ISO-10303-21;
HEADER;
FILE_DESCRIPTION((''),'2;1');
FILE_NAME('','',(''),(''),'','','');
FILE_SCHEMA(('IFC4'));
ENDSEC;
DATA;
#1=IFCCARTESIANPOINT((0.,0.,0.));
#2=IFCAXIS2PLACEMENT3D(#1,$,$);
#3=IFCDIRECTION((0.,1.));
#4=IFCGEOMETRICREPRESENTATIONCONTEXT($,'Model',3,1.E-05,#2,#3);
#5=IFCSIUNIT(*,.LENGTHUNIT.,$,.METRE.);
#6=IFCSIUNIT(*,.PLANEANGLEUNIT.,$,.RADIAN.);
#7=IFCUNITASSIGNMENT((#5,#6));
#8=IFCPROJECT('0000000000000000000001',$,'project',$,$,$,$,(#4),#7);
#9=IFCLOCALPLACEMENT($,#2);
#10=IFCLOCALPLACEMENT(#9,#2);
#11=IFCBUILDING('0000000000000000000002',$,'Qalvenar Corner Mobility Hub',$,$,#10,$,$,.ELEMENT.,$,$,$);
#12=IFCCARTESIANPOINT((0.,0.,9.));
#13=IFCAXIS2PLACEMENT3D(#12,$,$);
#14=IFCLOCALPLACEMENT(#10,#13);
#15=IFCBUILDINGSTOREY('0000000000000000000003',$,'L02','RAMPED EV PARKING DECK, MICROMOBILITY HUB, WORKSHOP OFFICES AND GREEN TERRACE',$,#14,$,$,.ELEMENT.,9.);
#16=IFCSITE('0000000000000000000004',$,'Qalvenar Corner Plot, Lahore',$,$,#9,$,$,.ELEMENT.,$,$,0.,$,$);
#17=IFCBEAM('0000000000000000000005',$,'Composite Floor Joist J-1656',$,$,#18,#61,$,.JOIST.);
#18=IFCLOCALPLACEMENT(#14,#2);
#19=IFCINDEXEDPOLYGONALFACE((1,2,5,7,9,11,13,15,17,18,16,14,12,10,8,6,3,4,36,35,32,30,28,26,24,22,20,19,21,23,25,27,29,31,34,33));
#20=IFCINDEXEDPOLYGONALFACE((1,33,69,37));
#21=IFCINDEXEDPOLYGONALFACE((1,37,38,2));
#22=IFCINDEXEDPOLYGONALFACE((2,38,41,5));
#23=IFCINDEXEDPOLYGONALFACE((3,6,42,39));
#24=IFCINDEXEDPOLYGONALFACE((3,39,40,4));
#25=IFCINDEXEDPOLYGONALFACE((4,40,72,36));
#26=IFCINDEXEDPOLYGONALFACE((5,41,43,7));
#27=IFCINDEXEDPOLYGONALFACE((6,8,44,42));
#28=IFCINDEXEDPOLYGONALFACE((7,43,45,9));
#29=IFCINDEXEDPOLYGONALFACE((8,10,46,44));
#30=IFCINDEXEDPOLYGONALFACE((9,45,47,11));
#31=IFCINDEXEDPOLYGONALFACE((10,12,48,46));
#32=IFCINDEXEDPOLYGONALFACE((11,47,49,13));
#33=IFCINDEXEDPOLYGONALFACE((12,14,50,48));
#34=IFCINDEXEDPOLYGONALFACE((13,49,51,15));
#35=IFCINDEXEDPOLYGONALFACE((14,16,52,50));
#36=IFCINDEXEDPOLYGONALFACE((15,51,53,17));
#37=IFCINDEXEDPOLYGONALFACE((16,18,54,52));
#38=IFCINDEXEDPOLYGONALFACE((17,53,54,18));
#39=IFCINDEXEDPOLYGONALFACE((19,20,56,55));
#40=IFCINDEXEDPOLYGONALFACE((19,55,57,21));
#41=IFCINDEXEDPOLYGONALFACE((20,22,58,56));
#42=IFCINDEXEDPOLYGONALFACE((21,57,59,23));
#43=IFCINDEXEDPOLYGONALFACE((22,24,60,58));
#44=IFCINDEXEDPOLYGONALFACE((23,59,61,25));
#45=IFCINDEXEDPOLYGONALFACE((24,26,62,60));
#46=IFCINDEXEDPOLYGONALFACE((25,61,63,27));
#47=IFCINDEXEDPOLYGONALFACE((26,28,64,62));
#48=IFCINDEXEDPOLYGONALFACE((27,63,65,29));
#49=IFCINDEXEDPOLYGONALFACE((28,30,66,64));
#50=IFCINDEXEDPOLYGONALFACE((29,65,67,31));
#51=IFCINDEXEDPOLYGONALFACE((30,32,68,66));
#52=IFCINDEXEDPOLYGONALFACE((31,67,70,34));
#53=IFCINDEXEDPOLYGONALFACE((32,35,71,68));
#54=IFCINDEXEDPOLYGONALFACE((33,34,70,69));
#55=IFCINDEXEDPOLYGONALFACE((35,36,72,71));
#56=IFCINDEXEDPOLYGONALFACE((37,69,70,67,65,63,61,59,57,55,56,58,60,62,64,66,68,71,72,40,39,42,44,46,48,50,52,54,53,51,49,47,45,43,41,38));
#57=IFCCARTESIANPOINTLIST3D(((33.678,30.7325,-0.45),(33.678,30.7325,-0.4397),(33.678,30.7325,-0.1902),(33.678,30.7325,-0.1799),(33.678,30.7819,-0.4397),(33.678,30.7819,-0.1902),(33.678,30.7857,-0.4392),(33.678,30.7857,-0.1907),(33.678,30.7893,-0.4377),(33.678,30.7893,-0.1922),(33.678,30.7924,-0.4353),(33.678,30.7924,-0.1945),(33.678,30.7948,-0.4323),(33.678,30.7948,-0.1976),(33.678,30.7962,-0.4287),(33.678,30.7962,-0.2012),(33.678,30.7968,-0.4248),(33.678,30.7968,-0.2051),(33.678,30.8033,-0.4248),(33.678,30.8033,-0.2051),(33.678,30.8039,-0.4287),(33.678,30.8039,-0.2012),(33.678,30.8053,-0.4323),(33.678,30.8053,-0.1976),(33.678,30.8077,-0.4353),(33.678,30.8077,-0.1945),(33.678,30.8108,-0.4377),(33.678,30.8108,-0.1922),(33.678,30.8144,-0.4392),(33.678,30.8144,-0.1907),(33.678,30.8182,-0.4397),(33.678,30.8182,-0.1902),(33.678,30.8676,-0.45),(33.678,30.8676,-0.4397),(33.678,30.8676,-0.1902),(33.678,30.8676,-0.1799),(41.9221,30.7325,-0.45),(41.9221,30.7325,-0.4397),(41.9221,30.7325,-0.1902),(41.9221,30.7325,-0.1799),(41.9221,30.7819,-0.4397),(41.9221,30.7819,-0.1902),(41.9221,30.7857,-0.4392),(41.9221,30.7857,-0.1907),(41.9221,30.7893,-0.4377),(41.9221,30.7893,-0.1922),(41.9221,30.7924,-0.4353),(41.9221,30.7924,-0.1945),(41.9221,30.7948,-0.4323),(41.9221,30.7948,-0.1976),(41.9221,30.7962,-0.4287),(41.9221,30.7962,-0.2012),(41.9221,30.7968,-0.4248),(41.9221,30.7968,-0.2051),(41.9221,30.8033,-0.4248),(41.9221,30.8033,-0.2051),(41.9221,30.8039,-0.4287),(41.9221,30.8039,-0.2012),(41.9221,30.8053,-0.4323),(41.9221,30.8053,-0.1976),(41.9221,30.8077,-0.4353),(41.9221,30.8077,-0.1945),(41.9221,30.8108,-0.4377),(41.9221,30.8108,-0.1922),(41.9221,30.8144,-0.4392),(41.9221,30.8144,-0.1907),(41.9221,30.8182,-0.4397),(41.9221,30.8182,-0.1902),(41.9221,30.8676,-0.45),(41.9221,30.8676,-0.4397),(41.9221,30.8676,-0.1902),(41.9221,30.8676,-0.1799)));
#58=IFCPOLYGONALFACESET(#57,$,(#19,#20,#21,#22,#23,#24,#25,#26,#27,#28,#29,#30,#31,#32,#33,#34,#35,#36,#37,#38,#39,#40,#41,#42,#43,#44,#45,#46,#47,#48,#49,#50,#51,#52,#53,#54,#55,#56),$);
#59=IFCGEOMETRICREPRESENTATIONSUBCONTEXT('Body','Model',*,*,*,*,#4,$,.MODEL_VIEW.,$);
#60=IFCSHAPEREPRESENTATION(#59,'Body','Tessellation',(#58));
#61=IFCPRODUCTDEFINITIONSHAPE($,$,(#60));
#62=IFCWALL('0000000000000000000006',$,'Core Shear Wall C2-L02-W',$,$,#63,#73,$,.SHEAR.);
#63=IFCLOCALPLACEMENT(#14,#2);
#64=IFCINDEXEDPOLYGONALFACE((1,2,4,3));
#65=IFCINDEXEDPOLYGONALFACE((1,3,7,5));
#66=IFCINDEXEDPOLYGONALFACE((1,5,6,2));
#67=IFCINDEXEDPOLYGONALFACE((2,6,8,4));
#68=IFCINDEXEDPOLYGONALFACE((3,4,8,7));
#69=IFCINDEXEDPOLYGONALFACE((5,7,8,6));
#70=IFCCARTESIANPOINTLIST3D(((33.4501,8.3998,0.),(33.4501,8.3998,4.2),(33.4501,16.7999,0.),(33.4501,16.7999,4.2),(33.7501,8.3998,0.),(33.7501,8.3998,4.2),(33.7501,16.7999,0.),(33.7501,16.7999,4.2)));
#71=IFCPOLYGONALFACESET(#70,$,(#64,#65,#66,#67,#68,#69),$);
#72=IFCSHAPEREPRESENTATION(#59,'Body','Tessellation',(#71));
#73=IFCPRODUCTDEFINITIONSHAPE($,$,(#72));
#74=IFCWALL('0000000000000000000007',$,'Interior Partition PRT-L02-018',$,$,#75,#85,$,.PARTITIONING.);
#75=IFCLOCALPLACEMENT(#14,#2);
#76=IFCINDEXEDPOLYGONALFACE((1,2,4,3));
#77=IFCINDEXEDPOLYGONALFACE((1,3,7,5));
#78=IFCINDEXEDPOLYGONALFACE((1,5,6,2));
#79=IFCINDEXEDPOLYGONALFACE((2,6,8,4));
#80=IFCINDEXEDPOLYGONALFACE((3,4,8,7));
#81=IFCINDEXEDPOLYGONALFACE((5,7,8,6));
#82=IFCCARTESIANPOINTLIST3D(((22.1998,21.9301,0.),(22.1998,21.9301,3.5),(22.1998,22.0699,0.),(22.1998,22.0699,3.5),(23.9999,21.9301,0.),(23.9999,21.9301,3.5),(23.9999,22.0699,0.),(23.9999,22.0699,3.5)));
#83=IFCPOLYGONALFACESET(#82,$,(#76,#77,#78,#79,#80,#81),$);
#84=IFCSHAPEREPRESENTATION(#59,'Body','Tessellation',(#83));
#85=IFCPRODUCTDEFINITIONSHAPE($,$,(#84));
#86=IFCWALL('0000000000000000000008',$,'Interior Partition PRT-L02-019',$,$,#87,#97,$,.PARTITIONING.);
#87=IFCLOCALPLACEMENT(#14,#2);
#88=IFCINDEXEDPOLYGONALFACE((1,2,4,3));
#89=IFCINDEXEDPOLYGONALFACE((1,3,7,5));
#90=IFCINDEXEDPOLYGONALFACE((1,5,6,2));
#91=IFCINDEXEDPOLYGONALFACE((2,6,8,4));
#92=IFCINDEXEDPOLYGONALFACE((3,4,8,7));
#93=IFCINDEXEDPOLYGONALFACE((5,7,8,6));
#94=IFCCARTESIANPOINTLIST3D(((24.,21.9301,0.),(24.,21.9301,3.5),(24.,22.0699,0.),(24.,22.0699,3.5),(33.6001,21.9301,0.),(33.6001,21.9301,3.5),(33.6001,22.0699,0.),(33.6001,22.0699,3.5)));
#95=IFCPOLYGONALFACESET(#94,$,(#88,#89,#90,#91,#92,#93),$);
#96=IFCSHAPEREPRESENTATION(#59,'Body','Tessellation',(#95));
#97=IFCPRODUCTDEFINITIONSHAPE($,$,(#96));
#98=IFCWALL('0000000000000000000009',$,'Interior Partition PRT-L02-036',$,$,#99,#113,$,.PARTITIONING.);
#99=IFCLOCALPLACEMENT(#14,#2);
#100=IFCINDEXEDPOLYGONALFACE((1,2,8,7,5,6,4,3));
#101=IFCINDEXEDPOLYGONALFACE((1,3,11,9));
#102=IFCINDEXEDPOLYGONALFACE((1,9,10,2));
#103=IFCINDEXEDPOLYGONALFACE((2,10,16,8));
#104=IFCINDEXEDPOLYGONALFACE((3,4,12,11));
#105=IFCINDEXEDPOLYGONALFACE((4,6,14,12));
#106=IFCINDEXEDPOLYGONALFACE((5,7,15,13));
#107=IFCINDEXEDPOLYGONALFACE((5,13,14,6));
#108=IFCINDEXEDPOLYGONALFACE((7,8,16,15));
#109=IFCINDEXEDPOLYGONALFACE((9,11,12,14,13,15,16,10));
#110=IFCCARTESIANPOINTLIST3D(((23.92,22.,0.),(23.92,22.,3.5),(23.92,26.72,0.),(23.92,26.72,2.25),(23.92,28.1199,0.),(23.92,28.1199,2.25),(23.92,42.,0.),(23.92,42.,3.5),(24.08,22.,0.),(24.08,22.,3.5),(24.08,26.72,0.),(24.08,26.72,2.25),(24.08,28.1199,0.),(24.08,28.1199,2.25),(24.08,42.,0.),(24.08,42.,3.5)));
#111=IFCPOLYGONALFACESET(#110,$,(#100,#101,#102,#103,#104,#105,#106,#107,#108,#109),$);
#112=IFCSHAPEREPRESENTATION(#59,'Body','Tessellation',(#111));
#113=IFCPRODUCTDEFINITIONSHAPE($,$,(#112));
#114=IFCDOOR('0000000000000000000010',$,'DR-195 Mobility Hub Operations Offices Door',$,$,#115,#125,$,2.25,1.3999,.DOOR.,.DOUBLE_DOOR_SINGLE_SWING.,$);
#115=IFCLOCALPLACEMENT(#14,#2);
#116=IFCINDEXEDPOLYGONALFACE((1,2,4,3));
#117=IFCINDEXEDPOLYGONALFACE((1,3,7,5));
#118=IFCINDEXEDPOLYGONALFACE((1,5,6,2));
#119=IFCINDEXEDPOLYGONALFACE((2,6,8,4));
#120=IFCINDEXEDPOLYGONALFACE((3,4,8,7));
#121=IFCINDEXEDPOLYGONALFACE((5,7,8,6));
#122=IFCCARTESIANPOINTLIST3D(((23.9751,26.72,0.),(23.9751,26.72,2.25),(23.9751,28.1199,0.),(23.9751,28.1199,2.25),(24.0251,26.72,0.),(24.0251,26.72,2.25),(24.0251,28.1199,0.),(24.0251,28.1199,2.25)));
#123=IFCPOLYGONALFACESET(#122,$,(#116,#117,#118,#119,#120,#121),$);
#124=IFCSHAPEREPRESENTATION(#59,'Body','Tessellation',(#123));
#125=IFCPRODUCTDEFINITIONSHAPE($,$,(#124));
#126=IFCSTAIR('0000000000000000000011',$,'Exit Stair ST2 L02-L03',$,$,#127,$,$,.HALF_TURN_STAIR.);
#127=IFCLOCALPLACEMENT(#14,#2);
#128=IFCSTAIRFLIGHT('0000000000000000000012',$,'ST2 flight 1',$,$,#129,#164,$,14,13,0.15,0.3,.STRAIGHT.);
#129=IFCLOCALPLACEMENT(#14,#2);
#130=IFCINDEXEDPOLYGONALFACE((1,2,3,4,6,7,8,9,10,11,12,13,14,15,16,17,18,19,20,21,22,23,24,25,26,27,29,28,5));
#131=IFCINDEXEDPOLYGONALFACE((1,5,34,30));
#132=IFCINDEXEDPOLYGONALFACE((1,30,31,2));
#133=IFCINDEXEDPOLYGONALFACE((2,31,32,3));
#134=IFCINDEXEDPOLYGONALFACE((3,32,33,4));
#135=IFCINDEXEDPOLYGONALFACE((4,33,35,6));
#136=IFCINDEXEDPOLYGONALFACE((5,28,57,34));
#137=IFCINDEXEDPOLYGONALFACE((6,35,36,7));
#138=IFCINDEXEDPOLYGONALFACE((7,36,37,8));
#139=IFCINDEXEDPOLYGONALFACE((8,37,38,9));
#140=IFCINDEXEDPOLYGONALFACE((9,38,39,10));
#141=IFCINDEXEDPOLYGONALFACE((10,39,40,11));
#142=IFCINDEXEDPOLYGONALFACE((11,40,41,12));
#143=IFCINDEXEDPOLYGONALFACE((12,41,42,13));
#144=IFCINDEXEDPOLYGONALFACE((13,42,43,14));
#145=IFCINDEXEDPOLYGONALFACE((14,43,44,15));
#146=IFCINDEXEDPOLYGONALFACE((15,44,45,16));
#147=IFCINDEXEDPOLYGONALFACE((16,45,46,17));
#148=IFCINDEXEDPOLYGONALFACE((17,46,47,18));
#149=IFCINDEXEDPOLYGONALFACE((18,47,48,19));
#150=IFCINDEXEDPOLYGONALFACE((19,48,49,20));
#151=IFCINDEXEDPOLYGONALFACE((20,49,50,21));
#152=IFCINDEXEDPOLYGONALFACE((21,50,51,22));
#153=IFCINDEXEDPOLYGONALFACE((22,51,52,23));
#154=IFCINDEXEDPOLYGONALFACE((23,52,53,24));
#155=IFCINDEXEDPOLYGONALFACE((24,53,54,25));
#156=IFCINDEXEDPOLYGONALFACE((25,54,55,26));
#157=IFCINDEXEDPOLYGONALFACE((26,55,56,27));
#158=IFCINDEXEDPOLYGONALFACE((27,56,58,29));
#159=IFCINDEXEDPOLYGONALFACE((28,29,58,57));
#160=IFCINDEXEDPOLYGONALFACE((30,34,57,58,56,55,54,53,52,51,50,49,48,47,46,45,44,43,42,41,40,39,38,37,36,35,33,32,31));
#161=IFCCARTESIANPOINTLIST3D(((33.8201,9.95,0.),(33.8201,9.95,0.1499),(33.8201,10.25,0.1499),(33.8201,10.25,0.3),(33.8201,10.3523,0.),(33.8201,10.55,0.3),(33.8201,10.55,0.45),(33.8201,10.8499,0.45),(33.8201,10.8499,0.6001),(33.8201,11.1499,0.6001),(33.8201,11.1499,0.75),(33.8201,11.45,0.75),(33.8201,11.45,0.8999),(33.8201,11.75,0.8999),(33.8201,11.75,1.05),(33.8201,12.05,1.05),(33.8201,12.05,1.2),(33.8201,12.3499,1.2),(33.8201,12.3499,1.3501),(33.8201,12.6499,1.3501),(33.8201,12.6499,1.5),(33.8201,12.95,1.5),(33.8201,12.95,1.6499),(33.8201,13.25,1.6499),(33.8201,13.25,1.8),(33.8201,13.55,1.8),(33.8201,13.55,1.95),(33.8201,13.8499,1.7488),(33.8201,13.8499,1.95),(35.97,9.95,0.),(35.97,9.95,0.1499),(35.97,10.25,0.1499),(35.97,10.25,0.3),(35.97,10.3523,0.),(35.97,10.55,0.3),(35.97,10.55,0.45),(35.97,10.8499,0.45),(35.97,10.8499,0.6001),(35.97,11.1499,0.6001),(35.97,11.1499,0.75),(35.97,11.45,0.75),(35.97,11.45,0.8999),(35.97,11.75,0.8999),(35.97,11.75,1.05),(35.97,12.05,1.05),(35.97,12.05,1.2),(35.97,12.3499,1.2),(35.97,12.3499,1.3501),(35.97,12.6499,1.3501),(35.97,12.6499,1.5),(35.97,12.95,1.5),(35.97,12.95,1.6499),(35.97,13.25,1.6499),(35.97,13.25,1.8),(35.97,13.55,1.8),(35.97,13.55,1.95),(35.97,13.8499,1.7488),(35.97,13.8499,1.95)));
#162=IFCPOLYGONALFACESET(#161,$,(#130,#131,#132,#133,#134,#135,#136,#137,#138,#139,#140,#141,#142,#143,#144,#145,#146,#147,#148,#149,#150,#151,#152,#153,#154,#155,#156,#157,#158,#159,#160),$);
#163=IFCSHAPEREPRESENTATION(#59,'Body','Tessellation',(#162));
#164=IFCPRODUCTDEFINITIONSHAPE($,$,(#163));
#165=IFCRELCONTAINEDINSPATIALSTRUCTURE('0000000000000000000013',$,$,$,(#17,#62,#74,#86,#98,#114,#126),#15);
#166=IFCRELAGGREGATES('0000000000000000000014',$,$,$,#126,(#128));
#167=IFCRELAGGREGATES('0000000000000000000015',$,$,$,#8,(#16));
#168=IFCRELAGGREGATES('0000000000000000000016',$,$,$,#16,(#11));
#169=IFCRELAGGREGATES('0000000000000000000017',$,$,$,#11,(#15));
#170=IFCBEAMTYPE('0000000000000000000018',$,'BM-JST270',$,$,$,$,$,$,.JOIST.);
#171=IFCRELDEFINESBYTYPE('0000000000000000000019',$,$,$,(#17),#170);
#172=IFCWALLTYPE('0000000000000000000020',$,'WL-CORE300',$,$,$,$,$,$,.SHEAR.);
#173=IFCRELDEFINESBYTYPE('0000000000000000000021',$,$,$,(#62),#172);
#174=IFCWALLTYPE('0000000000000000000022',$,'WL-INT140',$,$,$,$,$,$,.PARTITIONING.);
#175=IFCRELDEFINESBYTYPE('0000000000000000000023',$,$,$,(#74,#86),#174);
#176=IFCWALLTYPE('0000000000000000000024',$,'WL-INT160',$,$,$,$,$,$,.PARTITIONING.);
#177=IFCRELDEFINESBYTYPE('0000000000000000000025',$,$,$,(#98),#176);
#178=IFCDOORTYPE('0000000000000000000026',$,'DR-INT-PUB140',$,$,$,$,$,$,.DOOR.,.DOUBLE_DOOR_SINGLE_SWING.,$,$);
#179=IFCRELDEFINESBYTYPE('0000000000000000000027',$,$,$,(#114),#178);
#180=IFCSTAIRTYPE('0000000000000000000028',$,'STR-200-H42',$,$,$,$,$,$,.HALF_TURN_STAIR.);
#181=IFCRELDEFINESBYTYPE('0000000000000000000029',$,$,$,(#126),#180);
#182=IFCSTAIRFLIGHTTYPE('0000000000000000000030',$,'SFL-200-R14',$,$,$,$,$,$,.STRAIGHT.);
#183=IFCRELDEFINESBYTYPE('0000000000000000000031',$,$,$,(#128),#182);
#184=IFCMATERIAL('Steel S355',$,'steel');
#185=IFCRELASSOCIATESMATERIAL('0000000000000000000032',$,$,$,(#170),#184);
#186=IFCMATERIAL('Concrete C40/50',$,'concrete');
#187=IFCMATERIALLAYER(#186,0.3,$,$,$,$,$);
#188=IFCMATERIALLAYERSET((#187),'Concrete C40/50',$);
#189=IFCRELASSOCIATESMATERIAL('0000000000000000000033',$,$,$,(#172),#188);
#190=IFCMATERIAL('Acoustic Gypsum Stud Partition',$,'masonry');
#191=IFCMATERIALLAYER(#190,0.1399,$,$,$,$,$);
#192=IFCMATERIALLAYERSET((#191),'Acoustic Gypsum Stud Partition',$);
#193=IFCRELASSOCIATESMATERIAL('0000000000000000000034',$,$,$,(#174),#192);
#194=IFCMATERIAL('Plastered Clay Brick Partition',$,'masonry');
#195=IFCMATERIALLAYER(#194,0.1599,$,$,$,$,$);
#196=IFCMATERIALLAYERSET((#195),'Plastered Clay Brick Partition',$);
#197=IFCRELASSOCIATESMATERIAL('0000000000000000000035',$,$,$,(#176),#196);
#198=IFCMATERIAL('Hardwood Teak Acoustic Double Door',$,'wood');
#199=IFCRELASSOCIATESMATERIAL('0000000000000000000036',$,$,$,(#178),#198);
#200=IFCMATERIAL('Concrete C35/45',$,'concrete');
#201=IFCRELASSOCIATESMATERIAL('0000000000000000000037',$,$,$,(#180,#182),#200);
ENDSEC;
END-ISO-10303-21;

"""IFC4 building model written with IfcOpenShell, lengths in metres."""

from ifc_helpers import new_model, si_unit, direction, frame, frame_2d, origin, origin_2d, place, context, subcontext, project, spatial, polyline, rectangle, i_section, outline, extrude, material, layer, layer_set, material_profile, profile_set, type_object, element, fill, aggregate, save


model = new_model("IFC4")

# Units and contexts
model_context = context("Model", 3, precision=1e-05, world=origin(), true_north=direction((0.0, 1.0)))
body_context = subcontext(model_context, "Body", "Model", "MODEL_VIEW")
ifc_project = project(units=[si_unit("LENGTHUNIT", "METRE"), si_unit("PLANEANGLEUNIT", "RADIAN")], contexts=[model_context])

# Site, building, storey
site_placement = place(None, origin())
site = spatial("IfcSite", under=ifc_project, at=site_placement, Name="Qalvenar Corner Plot, Lahore", CompositionType="ELEMENT", RefElevation=0.0)
building_placement = place(site_placement, origin())
building = spatial("IfcBuilding", under=site, at=building_placement, Name="Qalvenar Corner Mobility Hub", CompositionType="ELEMENT")
storey_placement = place(building_placement, frame((0.0, 0.0, 9.0)))
storey = spatial("IfcBuildingStorey", under=building, at=storey_placement, Name="L02", Description="RAMPED EV PARKING DECK, MICROMOBILITY HUB, WORKSHOP OFFICES AND GREEN TERRACE", CompositionType="ELEMENT", Elevation=9.0)

# Shared definitions
ifc_material_1 = material(Name="Steel S355", Category="steel")

# Beam
ifc_material_profile_1 = material_profile(ifc_material_1, i_section(OverallWidth=0.135, OverallDepth=0.27, WebThickness=0.0066, FlangeThickness=0.0103, FilletRadius=0.0149, at=origin_2d()), Name="IPE270")
ifc_profile_set_1 = profile_set([ifc_material_profile_1], Name="Steel S355")
beam_type_1 = type_object("IfcBeamType", Name="BM-JST270", PredefinedType="JOIST", material=ifc_profile_set_1)
for number, where, z_axis, x_axis, name in (
    (1, (33.678, 30.8, -0.3149), (1.0, 0.0, 0.0), (0.0, 1.0, 0.0), "Composite Floor Joist J-1656"),
):
    element("IfcBeam", number, at=place(storey_placement, frame(where, z_axis=z_axis, x_axis=x_axis)), inside=storey, type_object=beam_type_1, Name=name, PredefinedType="JOIST", context=body_context, shape_type="SweptSolid", body=[
        extrude(i_section(OverallWidth=0.135, OverallDepth=0.27, WebThickness=0.0066, FlangeThickness=0.0103, FilletRadius=0.0149, at=origin_2d()), origin(), (0.0, 0.0, 1.0), 8.2441),
    ])

# Walls
ifc_material_2 = material(Name="Concrete C40/50", Category="concrete")
ifc_layer_1 = layer(ifc_material_2, 0.3)
ifc_layer_set_1 = layer_set([ifc_layer_1], Name="Concrete C40/50")
wall_type_1 = type_object("IfcWallType", Name="WL-CORE300", PredefinedType="SHEAR", material=ifc_layer_set_1)
wall_1_placement = place(storey_placement, frame((33.6001, 16.8, 0.0), z_axis=(0.0, 0.0, 1.0), x_axis=(0.0, -1.0, 0.0)))
element("IfcWall", 2, at=wall_1_placement, inside=storey, type_object=wall_type_1, Name="Core Shear Wall C2-L02-W", PredefinedType="SHEAR", context=body_context, shape_type="SweptSolid", body=[
    extrude(rectangle(XDim=8.4001, YDim=0.3, at=frame_2d((4.2002, 0.0))), origin(), (0.0, 0.0, 1.0), 4.2),
])
ifc_material_3 = material(Name="Acoustic Gypsum Stud Partition", Category="masonry")
ifc_layer_2 = layer(ifc_material_3, 0.1399)
ifc_layer_set_2 = layer_set([ifc_layer_2], Name="Acoustic Gypsum Stud Partition")
wall_type_2 = type_object("IfcWallType", Name="WL-INT140", PredefinedType="PARTITIONING", material=ifc_layer_set_2)
wall_2_placement = place(storey_placement, frame((22.2, 22.0, 0.0), z_axis=(0.0, 0.0, 1.0), x_axis=(1.0, 0.0, 0.0)))
element("IfcWall", 3, at=wall_2_placement, inside=storey, type_object=wall_type_2, Name="Interior Partition PRT-L02-018", PredefinedType="PARTITIONING", context=body_context, shape_type="SweptSolid", body=[
    extrude(rectangle(XDim=1.8, YDim=0.1399, at=frame_2d((0.8999, 0.0))), origin(), (0.0, 0.0, 1.0), 3.5),
])
wall_3_placement = place(storey_placement, frame((24.0, 22.0, 0.0), z_axis=(0.0, 0.0, 1.0), x_axis=(1.0, 0.0, 0.0)))
element("IfcWall", 4, at=wall_3_placement, inside=storey, type_object=wall_type_2, Name="Interior Partition PRT-L02-019", PredefinedType="PARTITIONING", context=body_context, shape_type="SweptSolid", body=[
    extrude(rectangle(XDim=9.6001, YDim=0.1399, at=frame_2d((4.8, 0.0))), origin(), (0.0, 0.0, 1.0), 3.5),
])

# Wall, opening, door
ifc_material_4 = material(Name="Plastered Clay Brick Partition", Category="masonry")
ifc_layer_3 = layer(ifc_material_4, 0.1599)
ifc_layer_set_3 = layer_set([ifc_layer_3], Name="Plastered Clay Brick Partition")
wall_type_3 = type_object("IfcWallType", Name="WL-INT160", PredefinedType="PARTITIONING", material=ifc_layer_set_3)
wall_4_placement = place(storey_placement, frame((24.0, 22.0, 0.0), z_axis=(0.0, 0.0, 1.0), x_axis=(0.0, 1.0, 0.0)))
wall_4 = element("IfcWall", 5, at=wall_4_placement, inside=storey, type_object=wall_type_3, Name="Interior Partition PRT-L02-036", PredefinedType="PARTITIONING", context=body_context, shape_type="SweptSolid", body=[
    extrude(rectangle(XDim=20.0, YDim=0.1599, at=frame_2d((10.0, 0.0))), origin(), (0.0, 0.0, 1.0), 3.5),
])
opening_placement = place(wall_4_placement, frame((4.72, 0.0, 0.0)))
opening = element("IfcOpeningElement", 6, at=opening_placement, cuts=wall_4, PredefinedType="OPENING", context=body_context, shape_type="SweptSolid", body=[
    extrude(rectangle(XDim=1.3999, YDim=2.25, at=frame_2d((0.7, 1.125))), frame((0.0, 0.0898, 0.0), z_axis=(0.0, -1.0, 0.0), x_axis=(1.0, 0.0, 0.0)), (0.0, 0.0, 1.0), 0.1799),
])
ifc_material_5 = material(Name="Hardwood Teak Acoustic Double Door", Category="wood")
door_type = type_object("IfcDoorType", Name="DR-INT-PUB140", OperationType="DOUBLE_DOOR_SINGLE_SWING", PredefinedType="DOOR", material=ifc_material_5)
door_placement = place(opening_placement, origin())
door = element("IfcDoor", 7, at=door_placement, inside=storey, type_object=door_type, Name="DR-195 Mobility Hub Operations Offices Door", OperationType="DOUBLE_DOOR_SINGLE_SWING", OverallHeight=2.25, OverallWidth=1.3999, PredefinedType="DOOR", context=body_context, shape_type="SweptSolid", body=[
    extrude(rectangle(XDim=1.3999, YDim=2.25, at=frame_2d((0.7, 1.125))), frame((0.0, 0.0249, 0.0), z_axis=(0.0, -1.0, 0.0), x_axis=(1.0, 0.0, 0.0)), (0.0, 0.0, 1.0), 0.05),
])
fill(opening, door)

# Stair, stair flight
ifc_material_6 = material(Name="Concrete C35/45", Category="concrete")
stair_type = type_object("IfcStairType", Name="STR-200-H42", PredefinedType="HALF_TURN_STAIR", material=ifc_material_6)
stair_placement = place(storey_placement, origin())
stair = element("IfcStair", 8, at=stair_placement, inside=storey, type_object=stair_type, Name="Exit Stair ST2 L02-L03", PredefinedType="HALF_TURN_STAIR")
stair_flight_type = type_object("IfcStairFlightType", Name="SFL-200-R14", PredefinedType="STRAIGHT", material=ifc_material_6)
stair_flight_1_placement = place(storey_placement, frame((34.895, 9.95, 0.0), z_axis=(0.0, 0.0, 1.0), x_axis=(0.0, 1.0, 0.0)))
stair_flight_1 = element("IfcStairFlight", 9, at=stair_flight_1_placement, type_object=stair_flight_type, Name="ST2 flight 1", NumberOfRisers=14, NumberOfTreads=13, PredefinedType="STRAIGHT", RiserHeight=0.15, TreadLength=0.3, context=body_context, shape_type="SweptSolid", body=[
    extrude(outline(polyline([(0.0, 0.0), (0.0, 0.1499), (0.3, 0.1499), (0.3, 0.3), (0.6001, 0.3), (0.6001, 0.45), (0.8999, 0.45), (0.8999, 0.6001), (1.2, 0.6001), (1.2, 0.75), (1.5, 0.75), (1.5, 0.8999), (1.8, 0.8999), (1.8, 1.05), (2.1001, 1.05), (2.1001, 1.2), (2.3999, 1.2), (2.3999, 1.3501), (2.7, 1.3501), (2.7, 1.5), (3.0, 1.5), (3.0, 1.6499), (3.3, 1.6499), (3.3, 1.8), (3.6001, 1.8), (3.6001, 1.95), (3.8999, 1.95), (3.8999, 2.1001), (3.8999, 1.7488), (0.4023, 0.0), (0.0, 0.0)])), frame((0.0, 1.075, 0.0), z_axis=(0.0, -1.0, 0.0), x_axis=(1.0, 0.0, 0.0)), (0.0, 0.0, 1.0), 2.1499),
])
aggregate(stair, [stair_flight_1])

save(model, "model.ifc")
